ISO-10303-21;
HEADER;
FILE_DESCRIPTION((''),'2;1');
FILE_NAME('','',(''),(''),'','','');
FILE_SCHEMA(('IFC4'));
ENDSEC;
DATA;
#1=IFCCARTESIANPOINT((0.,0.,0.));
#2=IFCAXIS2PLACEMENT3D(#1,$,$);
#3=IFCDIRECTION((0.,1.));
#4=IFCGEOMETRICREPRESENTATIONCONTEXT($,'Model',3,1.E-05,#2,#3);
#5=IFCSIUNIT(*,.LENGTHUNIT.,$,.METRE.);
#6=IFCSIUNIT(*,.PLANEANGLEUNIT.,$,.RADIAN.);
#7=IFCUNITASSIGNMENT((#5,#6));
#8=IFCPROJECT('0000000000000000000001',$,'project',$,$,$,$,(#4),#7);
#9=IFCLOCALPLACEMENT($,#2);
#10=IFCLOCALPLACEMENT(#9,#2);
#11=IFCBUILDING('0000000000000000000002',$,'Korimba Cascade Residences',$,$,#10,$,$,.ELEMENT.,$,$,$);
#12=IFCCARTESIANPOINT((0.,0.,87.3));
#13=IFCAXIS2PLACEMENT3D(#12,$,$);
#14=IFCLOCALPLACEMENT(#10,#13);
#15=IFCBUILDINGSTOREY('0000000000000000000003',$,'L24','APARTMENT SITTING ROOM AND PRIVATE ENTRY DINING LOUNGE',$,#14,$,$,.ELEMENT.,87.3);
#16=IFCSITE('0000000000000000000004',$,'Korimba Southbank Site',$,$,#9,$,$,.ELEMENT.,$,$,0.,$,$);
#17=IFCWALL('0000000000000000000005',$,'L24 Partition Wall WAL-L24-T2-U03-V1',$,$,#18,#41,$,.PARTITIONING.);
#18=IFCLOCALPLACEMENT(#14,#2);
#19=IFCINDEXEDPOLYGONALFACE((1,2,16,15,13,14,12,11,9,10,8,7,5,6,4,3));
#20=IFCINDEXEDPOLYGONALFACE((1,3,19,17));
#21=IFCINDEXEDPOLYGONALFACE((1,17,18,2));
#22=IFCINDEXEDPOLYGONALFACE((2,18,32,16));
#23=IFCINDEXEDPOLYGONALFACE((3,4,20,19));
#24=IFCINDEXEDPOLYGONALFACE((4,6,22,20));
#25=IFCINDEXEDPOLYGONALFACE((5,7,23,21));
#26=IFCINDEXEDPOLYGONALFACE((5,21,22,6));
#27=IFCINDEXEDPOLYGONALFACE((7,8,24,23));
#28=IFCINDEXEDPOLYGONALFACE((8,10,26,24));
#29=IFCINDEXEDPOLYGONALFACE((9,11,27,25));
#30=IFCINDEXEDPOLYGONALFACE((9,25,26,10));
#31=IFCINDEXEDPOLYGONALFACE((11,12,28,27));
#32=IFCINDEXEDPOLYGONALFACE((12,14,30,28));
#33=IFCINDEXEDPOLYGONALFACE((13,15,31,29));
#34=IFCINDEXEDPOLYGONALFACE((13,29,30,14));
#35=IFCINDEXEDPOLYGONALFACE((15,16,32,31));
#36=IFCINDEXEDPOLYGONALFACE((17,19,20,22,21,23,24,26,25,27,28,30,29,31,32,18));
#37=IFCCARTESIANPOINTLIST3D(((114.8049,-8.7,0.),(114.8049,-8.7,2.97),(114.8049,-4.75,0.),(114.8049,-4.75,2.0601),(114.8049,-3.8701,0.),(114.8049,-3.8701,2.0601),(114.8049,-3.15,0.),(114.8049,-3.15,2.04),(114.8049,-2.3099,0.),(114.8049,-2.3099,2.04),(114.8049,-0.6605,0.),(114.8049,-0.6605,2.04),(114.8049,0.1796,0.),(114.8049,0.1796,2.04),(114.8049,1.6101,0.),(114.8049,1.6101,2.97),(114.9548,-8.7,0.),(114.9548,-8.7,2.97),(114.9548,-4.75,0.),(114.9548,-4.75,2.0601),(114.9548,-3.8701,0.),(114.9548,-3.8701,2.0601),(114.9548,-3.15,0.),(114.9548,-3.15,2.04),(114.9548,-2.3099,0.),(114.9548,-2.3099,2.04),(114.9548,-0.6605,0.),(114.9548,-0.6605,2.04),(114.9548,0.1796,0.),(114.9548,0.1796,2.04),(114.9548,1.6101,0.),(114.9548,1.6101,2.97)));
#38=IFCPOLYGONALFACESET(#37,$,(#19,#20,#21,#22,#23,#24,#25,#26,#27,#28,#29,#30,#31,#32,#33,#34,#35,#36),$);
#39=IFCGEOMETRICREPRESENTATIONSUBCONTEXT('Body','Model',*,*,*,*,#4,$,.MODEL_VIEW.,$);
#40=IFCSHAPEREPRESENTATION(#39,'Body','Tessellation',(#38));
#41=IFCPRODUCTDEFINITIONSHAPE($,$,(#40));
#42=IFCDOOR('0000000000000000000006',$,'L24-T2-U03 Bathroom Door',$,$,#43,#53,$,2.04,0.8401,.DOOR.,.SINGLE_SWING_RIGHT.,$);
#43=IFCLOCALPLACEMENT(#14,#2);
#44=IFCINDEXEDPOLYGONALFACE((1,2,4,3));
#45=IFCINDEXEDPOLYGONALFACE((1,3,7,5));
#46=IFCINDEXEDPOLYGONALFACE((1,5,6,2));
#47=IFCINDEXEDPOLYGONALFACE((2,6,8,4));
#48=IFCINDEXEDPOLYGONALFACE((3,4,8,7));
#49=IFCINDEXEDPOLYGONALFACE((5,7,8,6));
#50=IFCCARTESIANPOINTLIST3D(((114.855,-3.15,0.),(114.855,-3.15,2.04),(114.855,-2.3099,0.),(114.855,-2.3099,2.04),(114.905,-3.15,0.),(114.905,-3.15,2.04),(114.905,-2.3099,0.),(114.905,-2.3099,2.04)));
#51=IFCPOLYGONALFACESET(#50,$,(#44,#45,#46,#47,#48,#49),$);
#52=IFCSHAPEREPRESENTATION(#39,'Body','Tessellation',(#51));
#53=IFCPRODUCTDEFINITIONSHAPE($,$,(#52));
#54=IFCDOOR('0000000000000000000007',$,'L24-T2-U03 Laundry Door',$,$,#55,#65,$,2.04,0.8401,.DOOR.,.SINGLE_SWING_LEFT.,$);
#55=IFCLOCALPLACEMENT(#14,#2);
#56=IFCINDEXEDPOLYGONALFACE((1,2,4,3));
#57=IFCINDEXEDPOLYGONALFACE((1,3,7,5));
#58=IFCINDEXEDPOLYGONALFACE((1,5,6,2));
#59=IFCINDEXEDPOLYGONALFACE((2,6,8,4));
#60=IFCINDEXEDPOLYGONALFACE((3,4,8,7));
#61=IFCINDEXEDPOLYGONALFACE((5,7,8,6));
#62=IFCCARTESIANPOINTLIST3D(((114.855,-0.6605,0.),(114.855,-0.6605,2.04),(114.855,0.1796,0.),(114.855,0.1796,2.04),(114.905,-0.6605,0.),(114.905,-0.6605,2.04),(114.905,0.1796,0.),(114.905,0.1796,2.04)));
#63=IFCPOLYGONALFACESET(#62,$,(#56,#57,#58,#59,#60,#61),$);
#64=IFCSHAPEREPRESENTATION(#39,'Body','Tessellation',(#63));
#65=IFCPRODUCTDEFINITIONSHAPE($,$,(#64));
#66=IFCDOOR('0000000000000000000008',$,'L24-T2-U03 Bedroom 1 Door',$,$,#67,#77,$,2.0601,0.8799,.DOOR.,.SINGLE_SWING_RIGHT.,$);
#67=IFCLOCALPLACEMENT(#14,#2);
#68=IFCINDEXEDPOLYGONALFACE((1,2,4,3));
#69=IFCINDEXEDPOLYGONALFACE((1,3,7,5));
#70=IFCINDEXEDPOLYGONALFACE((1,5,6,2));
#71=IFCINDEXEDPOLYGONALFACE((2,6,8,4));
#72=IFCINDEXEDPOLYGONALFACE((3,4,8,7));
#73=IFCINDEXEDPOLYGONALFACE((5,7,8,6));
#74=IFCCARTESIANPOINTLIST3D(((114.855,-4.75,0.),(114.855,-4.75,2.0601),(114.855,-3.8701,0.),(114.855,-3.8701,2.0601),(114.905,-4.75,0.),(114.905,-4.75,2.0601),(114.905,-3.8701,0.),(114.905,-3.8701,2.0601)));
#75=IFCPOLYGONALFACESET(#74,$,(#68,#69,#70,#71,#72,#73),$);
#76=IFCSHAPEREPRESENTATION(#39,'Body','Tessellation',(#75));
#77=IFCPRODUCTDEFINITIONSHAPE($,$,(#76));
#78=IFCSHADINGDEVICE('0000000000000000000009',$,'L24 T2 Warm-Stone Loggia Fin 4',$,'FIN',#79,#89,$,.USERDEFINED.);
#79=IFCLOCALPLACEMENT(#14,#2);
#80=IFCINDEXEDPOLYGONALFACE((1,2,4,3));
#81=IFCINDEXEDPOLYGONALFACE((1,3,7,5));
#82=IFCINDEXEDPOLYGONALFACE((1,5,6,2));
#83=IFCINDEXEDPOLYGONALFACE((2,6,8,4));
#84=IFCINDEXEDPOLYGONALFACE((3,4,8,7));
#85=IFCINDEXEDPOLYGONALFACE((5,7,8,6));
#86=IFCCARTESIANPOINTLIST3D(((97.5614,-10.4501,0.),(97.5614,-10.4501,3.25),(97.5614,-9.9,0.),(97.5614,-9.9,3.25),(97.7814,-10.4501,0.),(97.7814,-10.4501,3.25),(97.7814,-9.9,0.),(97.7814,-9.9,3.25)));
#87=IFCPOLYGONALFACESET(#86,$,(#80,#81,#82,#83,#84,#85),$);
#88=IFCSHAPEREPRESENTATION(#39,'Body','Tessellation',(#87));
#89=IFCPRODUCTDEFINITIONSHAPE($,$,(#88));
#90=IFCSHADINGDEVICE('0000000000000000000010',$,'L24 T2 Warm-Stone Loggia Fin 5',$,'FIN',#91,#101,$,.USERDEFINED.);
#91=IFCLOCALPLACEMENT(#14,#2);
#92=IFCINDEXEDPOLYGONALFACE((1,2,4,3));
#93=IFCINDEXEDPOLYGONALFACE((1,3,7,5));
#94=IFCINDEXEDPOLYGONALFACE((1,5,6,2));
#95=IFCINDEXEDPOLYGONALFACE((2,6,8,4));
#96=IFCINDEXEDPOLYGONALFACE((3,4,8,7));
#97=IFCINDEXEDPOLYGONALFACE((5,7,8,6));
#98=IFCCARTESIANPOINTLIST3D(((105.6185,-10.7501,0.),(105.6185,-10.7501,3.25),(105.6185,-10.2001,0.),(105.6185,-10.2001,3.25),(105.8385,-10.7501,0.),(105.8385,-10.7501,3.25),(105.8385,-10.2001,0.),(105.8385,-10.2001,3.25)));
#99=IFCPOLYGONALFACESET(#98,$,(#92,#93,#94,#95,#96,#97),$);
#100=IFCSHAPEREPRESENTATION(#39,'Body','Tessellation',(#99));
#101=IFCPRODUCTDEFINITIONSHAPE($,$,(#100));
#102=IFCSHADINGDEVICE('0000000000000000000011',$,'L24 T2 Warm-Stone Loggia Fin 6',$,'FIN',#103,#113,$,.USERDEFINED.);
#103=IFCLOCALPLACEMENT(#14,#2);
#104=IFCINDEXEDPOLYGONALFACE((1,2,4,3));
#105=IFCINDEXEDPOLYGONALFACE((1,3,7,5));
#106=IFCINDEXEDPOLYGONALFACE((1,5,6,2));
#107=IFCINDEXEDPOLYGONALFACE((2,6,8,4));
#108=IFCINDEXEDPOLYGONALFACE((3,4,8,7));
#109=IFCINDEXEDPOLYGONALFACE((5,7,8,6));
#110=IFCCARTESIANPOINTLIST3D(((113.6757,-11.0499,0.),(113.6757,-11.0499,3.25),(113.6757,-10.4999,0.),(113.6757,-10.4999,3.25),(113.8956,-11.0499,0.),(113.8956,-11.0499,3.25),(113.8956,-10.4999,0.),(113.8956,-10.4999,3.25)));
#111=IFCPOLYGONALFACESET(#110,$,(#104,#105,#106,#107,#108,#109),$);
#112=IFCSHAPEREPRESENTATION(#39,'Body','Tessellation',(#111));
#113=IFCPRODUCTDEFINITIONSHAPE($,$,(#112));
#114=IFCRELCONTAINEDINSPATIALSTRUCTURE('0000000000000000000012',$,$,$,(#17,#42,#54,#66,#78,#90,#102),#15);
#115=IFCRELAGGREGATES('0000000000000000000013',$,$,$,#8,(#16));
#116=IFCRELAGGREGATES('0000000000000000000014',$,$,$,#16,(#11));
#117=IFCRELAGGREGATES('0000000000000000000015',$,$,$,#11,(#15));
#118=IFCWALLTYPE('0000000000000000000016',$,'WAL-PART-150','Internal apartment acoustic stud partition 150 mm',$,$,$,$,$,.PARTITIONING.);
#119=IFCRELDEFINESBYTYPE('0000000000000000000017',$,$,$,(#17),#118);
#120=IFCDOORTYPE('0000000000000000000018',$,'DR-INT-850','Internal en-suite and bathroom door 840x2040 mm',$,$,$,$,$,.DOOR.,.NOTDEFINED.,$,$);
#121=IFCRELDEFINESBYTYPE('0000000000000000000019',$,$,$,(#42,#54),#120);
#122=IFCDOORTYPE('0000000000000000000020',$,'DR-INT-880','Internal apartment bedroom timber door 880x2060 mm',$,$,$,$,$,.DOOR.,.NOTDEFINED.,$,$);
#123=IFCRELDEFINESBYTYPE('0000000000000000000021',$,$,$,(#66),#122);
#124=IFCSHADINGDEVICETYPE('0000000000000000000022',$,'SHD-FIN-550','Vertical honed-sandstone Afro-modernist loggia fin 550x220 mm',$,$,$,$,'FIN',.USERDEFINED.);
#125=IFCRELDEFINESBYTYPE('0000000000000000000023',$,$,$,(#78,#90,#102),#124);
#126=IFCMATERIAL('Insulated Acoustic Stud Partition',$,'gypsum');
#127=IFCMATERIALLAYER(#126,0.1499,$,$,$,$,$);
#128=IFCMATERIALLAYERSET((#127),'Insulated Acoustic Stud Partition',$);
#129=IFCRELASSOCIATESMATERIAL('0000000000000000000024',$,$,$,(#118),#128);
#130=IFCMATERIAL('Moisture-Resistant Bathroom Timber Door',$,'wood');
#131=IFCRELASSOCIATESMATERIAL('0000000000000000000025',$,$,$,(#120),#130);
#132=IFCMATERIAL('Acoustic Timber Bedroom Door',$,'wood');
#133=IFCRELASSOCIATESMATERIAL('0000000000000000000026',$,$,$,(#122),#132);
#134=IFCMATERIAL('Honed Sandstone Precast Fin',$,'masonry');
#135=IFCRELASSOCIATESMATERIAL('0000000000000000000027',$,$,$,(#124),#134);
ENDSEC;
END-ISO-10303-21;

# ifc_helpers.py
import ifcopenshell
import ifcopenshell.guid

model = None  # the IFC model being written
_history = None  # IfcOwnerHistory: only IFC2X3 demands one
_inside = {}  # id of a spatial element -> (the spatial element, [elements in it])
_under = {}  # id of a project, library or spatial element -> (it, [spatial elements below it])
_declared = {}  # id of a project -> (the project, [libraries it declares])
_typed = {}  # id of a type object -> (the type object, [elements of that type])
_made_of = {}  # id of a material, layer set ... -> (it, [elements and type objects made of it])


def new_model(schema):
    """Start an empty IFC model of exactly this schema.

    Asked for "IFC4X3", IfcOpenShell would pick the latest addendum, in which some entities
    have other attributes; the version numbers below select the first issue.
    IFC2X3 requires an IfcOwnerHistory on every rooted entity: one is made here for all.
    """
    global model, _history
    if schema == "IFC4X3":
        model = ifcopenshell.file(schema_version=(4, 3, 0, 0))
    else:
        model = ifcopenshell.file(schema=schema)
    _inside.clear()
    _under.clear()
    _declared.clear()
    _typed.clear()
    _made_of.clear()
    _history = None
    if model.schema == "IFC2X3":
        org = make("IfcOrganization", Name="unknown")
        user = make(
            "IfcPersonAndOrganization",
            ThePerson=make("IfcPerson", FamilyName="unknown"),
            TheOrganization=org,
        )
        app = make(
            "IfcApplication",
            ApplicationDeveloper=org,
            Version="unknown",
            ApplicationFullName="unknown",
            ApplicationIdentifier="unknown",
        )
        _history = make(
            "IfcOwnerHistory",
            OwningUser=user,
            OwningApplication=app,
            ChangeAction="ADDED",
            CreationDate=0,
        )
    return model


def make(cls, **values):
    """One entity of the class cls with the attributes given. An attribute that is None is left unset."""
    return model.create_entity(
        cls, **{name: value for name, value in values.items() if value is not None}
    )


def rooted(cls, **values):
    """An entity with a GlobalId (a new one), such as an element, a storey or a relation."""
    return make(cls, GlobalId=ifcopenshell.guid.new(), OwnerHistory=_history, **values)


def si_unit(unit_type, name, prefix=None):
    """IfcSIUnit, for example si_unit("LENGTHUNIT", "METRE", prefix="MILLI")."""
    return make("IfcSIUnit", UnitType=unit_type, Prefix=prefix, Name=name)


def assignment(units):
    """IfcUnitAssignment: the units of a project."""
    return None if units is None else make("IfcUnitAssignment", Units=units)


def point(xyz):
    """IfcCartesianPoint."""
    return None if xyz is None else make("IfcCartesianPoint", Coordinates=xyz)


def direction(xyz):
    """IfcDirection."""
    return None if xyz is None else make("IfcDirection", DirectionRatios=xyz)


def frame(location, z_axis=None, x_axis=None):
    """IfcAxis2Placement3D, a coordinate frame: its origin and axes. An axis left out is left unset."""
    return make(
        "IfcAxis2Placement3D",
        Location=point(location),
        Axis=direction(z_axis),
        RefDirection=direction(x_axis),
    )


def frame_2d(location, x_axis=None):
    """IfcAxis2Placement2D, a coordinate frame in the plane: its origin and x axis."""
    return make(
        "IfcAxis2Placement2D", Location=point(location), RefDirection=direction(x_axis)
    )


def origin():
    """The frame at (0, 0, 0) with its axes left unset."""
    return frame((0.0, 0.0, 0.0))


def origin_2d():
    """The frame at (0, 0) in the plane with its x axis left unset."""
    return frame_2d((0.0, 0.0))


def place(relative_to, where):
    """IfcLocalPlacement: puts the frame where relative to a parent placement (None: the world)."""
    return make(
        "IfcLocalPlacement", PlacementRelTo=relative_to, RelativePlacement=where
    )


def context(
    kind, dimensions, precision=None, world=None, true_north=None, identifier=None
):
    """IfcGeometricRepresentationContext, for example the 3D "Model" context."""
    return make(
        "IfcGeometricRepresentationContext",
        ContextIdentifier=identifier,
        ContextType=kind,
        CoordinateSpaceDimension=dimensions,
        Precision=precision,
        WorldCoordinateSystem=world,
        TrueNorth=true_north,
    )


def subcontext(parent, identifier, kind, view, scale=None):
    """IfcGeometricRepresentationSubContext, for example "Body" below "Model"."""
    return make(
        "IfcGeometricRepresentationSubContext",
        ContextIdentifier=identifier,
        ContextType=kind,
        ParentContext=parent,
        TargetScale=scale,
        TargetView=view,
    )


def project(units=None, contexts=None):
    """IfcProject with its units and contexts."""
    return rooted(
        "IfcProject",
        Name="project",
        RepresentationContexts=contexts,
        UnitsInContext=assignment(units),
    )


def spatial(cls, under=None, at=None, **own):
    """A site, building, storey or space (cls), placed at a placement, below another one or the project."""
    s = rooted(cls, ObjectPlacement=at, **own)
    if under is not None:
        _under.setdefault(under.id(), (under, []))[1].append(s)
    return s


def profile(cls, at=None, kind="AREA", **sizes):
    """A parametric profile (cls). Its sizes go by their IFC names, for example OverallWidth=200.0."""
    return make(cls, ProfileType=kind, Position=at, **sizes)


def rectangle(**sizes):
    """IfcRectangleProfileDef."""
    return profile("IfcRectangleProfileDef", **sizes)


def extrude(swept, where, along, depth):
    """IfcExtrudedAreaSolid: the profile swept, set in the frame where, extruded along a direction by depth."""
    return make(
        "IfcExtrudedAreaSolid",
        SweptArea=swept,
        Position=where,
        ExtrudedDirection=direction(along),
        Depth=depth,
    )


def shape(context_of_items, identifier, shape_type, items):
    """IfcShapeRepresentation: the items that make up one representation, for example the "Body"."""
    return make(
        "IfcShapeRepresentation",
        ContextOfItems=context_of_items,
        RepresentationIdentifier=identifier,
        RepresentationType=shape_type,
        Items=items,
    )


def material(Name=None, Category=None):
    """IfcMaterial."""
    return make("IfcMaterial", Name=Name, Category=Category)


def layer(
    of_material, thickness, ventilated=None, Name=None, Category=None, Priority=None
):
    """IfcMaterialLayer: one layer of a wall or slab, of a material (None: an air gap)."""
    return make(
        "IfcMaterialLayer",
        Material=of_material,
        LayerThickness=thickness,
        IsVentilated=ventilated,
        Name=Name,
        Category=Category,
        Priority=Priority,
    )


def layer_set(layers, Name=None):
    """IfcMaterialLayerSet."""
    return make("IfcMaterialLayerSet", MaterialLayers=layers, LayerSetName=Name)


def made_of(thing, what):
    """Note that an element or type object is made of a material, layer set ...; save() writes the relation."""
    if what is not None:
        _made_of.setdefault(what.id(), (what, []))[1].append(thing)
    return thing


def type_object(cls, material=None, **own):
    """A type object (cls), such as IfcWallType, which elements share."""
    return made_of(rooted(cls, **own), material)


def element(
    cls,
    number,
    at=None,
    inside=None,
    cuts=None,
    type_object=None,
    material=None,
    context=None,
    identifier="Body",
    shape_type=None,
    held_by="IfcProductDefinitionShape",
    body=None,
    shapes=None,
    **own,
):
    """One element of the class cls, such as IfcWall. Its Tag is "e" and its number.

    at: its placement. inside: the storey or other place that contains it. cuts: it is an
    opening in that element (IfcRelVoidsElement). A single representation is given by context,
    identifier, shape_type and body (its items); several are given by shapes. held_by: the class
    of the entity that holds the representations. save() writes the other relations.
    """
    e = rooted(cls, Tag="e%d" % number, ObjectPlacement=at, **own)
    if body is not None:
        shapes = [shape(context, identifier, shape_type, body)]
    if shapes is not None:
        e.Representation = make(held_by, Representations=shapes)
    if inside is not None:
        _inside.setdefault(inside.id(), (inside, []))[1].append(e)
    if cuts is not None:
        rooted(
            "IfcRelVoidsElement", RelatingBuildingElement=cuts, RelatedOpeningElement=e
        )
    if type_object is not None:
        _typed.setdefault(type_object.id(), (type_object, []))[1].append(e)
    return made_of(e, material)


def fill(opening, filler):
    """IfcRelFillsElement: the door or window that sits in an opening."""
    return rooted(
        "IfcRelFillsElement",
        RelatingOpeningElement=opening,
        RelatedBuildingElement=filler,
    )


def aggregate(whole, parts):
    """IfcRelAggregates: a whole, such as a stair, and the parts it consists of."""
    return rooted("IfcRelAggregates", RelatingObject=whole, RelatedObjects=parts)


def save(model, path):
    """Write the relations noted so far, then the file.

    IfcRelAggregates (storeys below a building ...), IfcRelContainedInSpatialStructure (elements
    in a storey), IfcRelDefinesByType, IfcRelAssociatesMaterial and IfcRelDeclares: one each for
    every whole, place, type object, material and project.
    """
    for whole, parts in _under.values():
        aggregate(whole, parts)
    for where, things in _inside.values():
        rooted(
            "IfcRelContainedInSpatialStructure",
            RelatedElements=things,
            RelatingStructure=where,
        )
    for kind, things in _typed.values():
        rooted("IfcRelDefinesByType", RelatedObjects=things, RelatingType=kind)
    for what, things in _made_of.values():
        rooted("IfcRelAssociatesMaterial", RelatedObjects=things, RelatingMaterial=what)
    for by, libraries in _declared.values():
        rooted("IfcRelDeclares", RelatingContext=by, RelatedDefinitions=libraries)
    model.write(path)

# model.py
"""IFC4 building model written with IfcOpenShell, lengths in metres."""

from ifc_helpers import new_model, si_unit, direction, frame, frame_2d, origin, origin_2d, place, context, subcontext, project, spatial, rectangle, extrude, material, layer, layer_set, type_object, element, fill, save


model = new_model("IFC4")

# Units and contexts
model_context = context("Model", 3, precision=1e-05, world=origin(), true_north=direction((0.0, 1.0)))
body_context = subcontext(model_context, "Body", "Model", "MODEL_VIEW")
ifc_project = project(units=[si_unit("LENGTHUNIT", "METRE"), si_unit("PLANEANGLEUNIT", "RADIAN")], contexts=[model_context])

# Site, building, storey
site_placement = place(None, origin())
site = spatial("IfcSite", under=ifc_project, at=site_placement, Name="Korimba Southbank Site", CompositionType="ELEMENT", RefElevation=0.0)
building_placement = place(site_placement, origin())
building = spatial("IfcBuilding", under=site, at=building_placement, Name="Korimba Cascade Residences", CompositionType="ELEMENT")
storey_placement = place(building_placement, frame((0.0, 0.0, 87.3)))
storey = spatial("IfcBuildingStorey", under=building, at=storey_placement, Name="L24", Description="APARTMENT SITTING ROOM AND PRIVATE ENTRY DINING LOUNGE", CompositionType="ELEMENT", Elevation=87.3)

# Shared definitions
ifc_material_1 = material(Name="Insulated Acoustic Stud Partition", Category="gypsum")
ifc_layer_1 = layer(ifc_material_1, 0.1499)
ifc_layer_set_1 = layer_set([ifc_layer_1], Name="Insulated Acoustic Stud Partition")
wall_type_1 = type_object("IfcWallType", Name="WAL-PART-150", Description="Internal apartment acoustic stud partition 150 mm", PredefinedType="PARTITIONING", material=ifc_layer_set_1)

# Wall, openings, doors
wall_1_placement = place(storey_placement, frame((114.8799, -8.7, 0.0), z_axis=(0.0, 0.0, 1.0), x_axis=(0.0, 1.0, 0.0)))
wall_1 = element("IfcWall", 1, at=wall_1_placement, inside=storey, type_object=wall_type_1, Name="L24 Partition Wall WAL-L24-T2-U03-V1", PredefinedType="PARTITIONING", context=body_context, shape_type="SweptSolid", body=[
    extrude(rectangle(XDim=10.3101, YDim=0.1499, at=frame_2d((5.155, 0.0))), origin(), (0.0, 0.0, 1.0), 2.97),
])
opening_1_placement = place(wall_1_placement, frame((5.55, 0.0, 0.0)))
opening_1 = element("IfcOpeningElement", 2, at=opening_1_placement, cuts=wall_1, PredefinedType="OPENING", context=body_context, shape_type="SweptSolid", body=[
    extrude(rectangle(XDim=0.8401, YDim=2.04, at=frame_2d((0.4199, 1.02))), frame((0.0, 0.085, 0.0), z_axis=(0.0, -1.0, 0.0), x_axis=(1.0, 0.0, 0.0)), (0.0, 0.0, 1.0), 0.1699),
])
opening_2_placement = place(wall_1_placement, frame((8.0396, 0.0, 0.0)))
opening_2 = element("IfcOpeningElement", 3, at=opening_2_placement, cuts=wall_1, PredefinedType="OPENING", context=body_context, shape_type="SweptSolid", body=[
    extrude(rectangle(XDim=0.8401, YDim=2.04, at=frame_2d((0.4199, 1.02))), frame((0.0, 0.085, 0.0), z_axis=(0.0, -1.0, 0.0), x_axis=(1.0, 0.0, 0.0)), (0.0, 0.0, 1.0), 0.1699),
])
opening_3_placement = place(wall_1_placement, frame((3.95, 0.0, 0.0)))
opening_3 = element("IfcOpeningElement", 4, at=opening_3_placement, cuts=wall_1, PredefinedType="OPENING", context=body_context, shape_type="SweptSolid", body=[
    extrude(rectangle(XDim=0.8799, YDim=2.0601, at=frame_2d((0.4399, 1.03))), frame((0.0, 0.085, 0.0), z_axis=(0.0, -1.0, 0.0), x_axis=(1.0, 0.0, 0.0)), (0.0, 0.0, 1.0), 0.1699),
])
ifc_material_2 = material(Name="Moisture-Resistant Bathroom Timber Door", Category="wood")
door_type_1 = type_object("IfcDoorType", Name="DR-INT-850", Description="Internal en-suite and bathroom door 840x2040 mm", OperationType="NOTDEFINED", PredefinedType="DOOR", material=ifc_material_2)
door_1_placement = place(opening_1_placement, origin())
door_1 = element("IfcDoor", 5, at=door_1_placement, inside=storey, type_object=door_type_1, Name="L24-T2-U03 Bathroom Door", OperationType="SINGLE_SWING_RIGHT", OverallHeight=2.04, OverallWidth=0.8401, PredefinedType="DOOR", context=body_context, shape_type="SweptSolid", body=[
    extrude(rectangle(XDim=0.8401, YDim=2.04, at=frame_2d((0.4199, 1.02))), frame((0.0, 0.0249, 0.0), z_axis=(0.0, -1.0, 0.0), x_axis=(1.0, 0.0, 0.0)), (0.0, 0.0, 1.0), 0.05),
])
fill(opening_1, door_1)
door_2_placement = place(opening_2_placement, origin())
door_2 = element("IfcDoor", 6, at=door_2_placement, inside=storey, type_object=door_type_1, Name="L24-T2-U03 Laundry Door", OperationType="SINGLE_SWING_LEFT", OverallHeight=2.04, OverallWidth=0.8401, PredefinedType="DOOR", context=body_context, shape_type="SweptSolid", body=[
    extrude(rectangle(XDim=0.8401, YDim=2.04, at=frame_2d((0.4199, 1.02))), frame((0.0, 0.0249, 0.0), z_axis=(0.0, -1.0, 0.0), x_axis=(1.0, 0.0, 0.0)), (0.0, 0.0, 1.0), 0.05),
])
fill(opening_2, door_2)
ifc_material_3 = material(Name="Acoustic Timber Bedroom Door", Category="wood")
door_type_2 = type_object("IfcDoorType", Name="DR-INT-880", Description="Internal apartment bedroom timber door 880x2060 mm", OperationType="NOTDEFINED", PredefinedType="DOOR", material=ifc_material_3)
door_3_placement = place(opening_3_placement, origin())
door_3 = element("IfcDoor", 7, at=door_3_placement, inside=storey, type_object=door_type_2, Name="L24-T2-U03 Bedroom 1 Door", OperationType="SINGLE_SWING_RIGHT", OverallHeight=2.0601, OverallWidth=0.8799, PredefinedType="DOOR", context=body_context, shape_type="SweptSolid", body=[
    extrude(rectangle(XDim=0.8799, YDim=2.0601, at=frame_2d((0.4399, 1.03))), frame((0.0, 0.0249, 0.0), z_axis=(0.0, -1.0, 0.0), x_axis=(1.0, 0.0, 0.0)), (0.0, 0.0, 1.0), 0.05),
])
fill(opening_3, door_3)

# Shading devices
ifc_material_4 = material(Name="Honed Sandstone Precast Fin", Category="masonry")
shading_device_type = type_object("IfcShadingDeviceType", Name="SHD-FIN-550", Description="Vertical honed-sandstone Afro-modernist loggia fin 550x220 mm", ElementType="FIN", PredefinedType="USERDEFINED", material=ifc_material_4)
for number, where, z_axis, x_axis, name in (
    (8, (97.6714, -10.175, 0.0), (0.0, 0.0, 1.0), (1.0, 0.0, 0.0), "L24 T2 Warm-Stone Loggia Fin 4"),
    (9, (105.7285, -10.4751, 0.0), (0.0, 0.0, 1.0), (1.0, 0.0, 0.0), "L24 T2 Warm-Stone Loggia Fin 5"),
    (10, (113.7856, -10.7749, 0.0), (0.0, 0.0, 1.0), (1.0, 0.0, 0.0), "L24 T2 Warm-Stone Loggia Fin 6"),
):
    element("IfcShadingDevice", number, at=place(storey_placement, frame(where, z_axis=z_axis, x_axis=x_axis)), inside=storey, type_object=shading_device_type, Name=name, ObjectType="FIN", PredefinedType="USERDEFINED", context=body_context, shape_type="SweptSolid", body=[
        extrude(rectangle(XDim=0.22, YDim=0.55, at=origin_2d()), origin(), (0.0, 0.0, 1.0), 3.25),
    ])

save(model, "model.ifc")
